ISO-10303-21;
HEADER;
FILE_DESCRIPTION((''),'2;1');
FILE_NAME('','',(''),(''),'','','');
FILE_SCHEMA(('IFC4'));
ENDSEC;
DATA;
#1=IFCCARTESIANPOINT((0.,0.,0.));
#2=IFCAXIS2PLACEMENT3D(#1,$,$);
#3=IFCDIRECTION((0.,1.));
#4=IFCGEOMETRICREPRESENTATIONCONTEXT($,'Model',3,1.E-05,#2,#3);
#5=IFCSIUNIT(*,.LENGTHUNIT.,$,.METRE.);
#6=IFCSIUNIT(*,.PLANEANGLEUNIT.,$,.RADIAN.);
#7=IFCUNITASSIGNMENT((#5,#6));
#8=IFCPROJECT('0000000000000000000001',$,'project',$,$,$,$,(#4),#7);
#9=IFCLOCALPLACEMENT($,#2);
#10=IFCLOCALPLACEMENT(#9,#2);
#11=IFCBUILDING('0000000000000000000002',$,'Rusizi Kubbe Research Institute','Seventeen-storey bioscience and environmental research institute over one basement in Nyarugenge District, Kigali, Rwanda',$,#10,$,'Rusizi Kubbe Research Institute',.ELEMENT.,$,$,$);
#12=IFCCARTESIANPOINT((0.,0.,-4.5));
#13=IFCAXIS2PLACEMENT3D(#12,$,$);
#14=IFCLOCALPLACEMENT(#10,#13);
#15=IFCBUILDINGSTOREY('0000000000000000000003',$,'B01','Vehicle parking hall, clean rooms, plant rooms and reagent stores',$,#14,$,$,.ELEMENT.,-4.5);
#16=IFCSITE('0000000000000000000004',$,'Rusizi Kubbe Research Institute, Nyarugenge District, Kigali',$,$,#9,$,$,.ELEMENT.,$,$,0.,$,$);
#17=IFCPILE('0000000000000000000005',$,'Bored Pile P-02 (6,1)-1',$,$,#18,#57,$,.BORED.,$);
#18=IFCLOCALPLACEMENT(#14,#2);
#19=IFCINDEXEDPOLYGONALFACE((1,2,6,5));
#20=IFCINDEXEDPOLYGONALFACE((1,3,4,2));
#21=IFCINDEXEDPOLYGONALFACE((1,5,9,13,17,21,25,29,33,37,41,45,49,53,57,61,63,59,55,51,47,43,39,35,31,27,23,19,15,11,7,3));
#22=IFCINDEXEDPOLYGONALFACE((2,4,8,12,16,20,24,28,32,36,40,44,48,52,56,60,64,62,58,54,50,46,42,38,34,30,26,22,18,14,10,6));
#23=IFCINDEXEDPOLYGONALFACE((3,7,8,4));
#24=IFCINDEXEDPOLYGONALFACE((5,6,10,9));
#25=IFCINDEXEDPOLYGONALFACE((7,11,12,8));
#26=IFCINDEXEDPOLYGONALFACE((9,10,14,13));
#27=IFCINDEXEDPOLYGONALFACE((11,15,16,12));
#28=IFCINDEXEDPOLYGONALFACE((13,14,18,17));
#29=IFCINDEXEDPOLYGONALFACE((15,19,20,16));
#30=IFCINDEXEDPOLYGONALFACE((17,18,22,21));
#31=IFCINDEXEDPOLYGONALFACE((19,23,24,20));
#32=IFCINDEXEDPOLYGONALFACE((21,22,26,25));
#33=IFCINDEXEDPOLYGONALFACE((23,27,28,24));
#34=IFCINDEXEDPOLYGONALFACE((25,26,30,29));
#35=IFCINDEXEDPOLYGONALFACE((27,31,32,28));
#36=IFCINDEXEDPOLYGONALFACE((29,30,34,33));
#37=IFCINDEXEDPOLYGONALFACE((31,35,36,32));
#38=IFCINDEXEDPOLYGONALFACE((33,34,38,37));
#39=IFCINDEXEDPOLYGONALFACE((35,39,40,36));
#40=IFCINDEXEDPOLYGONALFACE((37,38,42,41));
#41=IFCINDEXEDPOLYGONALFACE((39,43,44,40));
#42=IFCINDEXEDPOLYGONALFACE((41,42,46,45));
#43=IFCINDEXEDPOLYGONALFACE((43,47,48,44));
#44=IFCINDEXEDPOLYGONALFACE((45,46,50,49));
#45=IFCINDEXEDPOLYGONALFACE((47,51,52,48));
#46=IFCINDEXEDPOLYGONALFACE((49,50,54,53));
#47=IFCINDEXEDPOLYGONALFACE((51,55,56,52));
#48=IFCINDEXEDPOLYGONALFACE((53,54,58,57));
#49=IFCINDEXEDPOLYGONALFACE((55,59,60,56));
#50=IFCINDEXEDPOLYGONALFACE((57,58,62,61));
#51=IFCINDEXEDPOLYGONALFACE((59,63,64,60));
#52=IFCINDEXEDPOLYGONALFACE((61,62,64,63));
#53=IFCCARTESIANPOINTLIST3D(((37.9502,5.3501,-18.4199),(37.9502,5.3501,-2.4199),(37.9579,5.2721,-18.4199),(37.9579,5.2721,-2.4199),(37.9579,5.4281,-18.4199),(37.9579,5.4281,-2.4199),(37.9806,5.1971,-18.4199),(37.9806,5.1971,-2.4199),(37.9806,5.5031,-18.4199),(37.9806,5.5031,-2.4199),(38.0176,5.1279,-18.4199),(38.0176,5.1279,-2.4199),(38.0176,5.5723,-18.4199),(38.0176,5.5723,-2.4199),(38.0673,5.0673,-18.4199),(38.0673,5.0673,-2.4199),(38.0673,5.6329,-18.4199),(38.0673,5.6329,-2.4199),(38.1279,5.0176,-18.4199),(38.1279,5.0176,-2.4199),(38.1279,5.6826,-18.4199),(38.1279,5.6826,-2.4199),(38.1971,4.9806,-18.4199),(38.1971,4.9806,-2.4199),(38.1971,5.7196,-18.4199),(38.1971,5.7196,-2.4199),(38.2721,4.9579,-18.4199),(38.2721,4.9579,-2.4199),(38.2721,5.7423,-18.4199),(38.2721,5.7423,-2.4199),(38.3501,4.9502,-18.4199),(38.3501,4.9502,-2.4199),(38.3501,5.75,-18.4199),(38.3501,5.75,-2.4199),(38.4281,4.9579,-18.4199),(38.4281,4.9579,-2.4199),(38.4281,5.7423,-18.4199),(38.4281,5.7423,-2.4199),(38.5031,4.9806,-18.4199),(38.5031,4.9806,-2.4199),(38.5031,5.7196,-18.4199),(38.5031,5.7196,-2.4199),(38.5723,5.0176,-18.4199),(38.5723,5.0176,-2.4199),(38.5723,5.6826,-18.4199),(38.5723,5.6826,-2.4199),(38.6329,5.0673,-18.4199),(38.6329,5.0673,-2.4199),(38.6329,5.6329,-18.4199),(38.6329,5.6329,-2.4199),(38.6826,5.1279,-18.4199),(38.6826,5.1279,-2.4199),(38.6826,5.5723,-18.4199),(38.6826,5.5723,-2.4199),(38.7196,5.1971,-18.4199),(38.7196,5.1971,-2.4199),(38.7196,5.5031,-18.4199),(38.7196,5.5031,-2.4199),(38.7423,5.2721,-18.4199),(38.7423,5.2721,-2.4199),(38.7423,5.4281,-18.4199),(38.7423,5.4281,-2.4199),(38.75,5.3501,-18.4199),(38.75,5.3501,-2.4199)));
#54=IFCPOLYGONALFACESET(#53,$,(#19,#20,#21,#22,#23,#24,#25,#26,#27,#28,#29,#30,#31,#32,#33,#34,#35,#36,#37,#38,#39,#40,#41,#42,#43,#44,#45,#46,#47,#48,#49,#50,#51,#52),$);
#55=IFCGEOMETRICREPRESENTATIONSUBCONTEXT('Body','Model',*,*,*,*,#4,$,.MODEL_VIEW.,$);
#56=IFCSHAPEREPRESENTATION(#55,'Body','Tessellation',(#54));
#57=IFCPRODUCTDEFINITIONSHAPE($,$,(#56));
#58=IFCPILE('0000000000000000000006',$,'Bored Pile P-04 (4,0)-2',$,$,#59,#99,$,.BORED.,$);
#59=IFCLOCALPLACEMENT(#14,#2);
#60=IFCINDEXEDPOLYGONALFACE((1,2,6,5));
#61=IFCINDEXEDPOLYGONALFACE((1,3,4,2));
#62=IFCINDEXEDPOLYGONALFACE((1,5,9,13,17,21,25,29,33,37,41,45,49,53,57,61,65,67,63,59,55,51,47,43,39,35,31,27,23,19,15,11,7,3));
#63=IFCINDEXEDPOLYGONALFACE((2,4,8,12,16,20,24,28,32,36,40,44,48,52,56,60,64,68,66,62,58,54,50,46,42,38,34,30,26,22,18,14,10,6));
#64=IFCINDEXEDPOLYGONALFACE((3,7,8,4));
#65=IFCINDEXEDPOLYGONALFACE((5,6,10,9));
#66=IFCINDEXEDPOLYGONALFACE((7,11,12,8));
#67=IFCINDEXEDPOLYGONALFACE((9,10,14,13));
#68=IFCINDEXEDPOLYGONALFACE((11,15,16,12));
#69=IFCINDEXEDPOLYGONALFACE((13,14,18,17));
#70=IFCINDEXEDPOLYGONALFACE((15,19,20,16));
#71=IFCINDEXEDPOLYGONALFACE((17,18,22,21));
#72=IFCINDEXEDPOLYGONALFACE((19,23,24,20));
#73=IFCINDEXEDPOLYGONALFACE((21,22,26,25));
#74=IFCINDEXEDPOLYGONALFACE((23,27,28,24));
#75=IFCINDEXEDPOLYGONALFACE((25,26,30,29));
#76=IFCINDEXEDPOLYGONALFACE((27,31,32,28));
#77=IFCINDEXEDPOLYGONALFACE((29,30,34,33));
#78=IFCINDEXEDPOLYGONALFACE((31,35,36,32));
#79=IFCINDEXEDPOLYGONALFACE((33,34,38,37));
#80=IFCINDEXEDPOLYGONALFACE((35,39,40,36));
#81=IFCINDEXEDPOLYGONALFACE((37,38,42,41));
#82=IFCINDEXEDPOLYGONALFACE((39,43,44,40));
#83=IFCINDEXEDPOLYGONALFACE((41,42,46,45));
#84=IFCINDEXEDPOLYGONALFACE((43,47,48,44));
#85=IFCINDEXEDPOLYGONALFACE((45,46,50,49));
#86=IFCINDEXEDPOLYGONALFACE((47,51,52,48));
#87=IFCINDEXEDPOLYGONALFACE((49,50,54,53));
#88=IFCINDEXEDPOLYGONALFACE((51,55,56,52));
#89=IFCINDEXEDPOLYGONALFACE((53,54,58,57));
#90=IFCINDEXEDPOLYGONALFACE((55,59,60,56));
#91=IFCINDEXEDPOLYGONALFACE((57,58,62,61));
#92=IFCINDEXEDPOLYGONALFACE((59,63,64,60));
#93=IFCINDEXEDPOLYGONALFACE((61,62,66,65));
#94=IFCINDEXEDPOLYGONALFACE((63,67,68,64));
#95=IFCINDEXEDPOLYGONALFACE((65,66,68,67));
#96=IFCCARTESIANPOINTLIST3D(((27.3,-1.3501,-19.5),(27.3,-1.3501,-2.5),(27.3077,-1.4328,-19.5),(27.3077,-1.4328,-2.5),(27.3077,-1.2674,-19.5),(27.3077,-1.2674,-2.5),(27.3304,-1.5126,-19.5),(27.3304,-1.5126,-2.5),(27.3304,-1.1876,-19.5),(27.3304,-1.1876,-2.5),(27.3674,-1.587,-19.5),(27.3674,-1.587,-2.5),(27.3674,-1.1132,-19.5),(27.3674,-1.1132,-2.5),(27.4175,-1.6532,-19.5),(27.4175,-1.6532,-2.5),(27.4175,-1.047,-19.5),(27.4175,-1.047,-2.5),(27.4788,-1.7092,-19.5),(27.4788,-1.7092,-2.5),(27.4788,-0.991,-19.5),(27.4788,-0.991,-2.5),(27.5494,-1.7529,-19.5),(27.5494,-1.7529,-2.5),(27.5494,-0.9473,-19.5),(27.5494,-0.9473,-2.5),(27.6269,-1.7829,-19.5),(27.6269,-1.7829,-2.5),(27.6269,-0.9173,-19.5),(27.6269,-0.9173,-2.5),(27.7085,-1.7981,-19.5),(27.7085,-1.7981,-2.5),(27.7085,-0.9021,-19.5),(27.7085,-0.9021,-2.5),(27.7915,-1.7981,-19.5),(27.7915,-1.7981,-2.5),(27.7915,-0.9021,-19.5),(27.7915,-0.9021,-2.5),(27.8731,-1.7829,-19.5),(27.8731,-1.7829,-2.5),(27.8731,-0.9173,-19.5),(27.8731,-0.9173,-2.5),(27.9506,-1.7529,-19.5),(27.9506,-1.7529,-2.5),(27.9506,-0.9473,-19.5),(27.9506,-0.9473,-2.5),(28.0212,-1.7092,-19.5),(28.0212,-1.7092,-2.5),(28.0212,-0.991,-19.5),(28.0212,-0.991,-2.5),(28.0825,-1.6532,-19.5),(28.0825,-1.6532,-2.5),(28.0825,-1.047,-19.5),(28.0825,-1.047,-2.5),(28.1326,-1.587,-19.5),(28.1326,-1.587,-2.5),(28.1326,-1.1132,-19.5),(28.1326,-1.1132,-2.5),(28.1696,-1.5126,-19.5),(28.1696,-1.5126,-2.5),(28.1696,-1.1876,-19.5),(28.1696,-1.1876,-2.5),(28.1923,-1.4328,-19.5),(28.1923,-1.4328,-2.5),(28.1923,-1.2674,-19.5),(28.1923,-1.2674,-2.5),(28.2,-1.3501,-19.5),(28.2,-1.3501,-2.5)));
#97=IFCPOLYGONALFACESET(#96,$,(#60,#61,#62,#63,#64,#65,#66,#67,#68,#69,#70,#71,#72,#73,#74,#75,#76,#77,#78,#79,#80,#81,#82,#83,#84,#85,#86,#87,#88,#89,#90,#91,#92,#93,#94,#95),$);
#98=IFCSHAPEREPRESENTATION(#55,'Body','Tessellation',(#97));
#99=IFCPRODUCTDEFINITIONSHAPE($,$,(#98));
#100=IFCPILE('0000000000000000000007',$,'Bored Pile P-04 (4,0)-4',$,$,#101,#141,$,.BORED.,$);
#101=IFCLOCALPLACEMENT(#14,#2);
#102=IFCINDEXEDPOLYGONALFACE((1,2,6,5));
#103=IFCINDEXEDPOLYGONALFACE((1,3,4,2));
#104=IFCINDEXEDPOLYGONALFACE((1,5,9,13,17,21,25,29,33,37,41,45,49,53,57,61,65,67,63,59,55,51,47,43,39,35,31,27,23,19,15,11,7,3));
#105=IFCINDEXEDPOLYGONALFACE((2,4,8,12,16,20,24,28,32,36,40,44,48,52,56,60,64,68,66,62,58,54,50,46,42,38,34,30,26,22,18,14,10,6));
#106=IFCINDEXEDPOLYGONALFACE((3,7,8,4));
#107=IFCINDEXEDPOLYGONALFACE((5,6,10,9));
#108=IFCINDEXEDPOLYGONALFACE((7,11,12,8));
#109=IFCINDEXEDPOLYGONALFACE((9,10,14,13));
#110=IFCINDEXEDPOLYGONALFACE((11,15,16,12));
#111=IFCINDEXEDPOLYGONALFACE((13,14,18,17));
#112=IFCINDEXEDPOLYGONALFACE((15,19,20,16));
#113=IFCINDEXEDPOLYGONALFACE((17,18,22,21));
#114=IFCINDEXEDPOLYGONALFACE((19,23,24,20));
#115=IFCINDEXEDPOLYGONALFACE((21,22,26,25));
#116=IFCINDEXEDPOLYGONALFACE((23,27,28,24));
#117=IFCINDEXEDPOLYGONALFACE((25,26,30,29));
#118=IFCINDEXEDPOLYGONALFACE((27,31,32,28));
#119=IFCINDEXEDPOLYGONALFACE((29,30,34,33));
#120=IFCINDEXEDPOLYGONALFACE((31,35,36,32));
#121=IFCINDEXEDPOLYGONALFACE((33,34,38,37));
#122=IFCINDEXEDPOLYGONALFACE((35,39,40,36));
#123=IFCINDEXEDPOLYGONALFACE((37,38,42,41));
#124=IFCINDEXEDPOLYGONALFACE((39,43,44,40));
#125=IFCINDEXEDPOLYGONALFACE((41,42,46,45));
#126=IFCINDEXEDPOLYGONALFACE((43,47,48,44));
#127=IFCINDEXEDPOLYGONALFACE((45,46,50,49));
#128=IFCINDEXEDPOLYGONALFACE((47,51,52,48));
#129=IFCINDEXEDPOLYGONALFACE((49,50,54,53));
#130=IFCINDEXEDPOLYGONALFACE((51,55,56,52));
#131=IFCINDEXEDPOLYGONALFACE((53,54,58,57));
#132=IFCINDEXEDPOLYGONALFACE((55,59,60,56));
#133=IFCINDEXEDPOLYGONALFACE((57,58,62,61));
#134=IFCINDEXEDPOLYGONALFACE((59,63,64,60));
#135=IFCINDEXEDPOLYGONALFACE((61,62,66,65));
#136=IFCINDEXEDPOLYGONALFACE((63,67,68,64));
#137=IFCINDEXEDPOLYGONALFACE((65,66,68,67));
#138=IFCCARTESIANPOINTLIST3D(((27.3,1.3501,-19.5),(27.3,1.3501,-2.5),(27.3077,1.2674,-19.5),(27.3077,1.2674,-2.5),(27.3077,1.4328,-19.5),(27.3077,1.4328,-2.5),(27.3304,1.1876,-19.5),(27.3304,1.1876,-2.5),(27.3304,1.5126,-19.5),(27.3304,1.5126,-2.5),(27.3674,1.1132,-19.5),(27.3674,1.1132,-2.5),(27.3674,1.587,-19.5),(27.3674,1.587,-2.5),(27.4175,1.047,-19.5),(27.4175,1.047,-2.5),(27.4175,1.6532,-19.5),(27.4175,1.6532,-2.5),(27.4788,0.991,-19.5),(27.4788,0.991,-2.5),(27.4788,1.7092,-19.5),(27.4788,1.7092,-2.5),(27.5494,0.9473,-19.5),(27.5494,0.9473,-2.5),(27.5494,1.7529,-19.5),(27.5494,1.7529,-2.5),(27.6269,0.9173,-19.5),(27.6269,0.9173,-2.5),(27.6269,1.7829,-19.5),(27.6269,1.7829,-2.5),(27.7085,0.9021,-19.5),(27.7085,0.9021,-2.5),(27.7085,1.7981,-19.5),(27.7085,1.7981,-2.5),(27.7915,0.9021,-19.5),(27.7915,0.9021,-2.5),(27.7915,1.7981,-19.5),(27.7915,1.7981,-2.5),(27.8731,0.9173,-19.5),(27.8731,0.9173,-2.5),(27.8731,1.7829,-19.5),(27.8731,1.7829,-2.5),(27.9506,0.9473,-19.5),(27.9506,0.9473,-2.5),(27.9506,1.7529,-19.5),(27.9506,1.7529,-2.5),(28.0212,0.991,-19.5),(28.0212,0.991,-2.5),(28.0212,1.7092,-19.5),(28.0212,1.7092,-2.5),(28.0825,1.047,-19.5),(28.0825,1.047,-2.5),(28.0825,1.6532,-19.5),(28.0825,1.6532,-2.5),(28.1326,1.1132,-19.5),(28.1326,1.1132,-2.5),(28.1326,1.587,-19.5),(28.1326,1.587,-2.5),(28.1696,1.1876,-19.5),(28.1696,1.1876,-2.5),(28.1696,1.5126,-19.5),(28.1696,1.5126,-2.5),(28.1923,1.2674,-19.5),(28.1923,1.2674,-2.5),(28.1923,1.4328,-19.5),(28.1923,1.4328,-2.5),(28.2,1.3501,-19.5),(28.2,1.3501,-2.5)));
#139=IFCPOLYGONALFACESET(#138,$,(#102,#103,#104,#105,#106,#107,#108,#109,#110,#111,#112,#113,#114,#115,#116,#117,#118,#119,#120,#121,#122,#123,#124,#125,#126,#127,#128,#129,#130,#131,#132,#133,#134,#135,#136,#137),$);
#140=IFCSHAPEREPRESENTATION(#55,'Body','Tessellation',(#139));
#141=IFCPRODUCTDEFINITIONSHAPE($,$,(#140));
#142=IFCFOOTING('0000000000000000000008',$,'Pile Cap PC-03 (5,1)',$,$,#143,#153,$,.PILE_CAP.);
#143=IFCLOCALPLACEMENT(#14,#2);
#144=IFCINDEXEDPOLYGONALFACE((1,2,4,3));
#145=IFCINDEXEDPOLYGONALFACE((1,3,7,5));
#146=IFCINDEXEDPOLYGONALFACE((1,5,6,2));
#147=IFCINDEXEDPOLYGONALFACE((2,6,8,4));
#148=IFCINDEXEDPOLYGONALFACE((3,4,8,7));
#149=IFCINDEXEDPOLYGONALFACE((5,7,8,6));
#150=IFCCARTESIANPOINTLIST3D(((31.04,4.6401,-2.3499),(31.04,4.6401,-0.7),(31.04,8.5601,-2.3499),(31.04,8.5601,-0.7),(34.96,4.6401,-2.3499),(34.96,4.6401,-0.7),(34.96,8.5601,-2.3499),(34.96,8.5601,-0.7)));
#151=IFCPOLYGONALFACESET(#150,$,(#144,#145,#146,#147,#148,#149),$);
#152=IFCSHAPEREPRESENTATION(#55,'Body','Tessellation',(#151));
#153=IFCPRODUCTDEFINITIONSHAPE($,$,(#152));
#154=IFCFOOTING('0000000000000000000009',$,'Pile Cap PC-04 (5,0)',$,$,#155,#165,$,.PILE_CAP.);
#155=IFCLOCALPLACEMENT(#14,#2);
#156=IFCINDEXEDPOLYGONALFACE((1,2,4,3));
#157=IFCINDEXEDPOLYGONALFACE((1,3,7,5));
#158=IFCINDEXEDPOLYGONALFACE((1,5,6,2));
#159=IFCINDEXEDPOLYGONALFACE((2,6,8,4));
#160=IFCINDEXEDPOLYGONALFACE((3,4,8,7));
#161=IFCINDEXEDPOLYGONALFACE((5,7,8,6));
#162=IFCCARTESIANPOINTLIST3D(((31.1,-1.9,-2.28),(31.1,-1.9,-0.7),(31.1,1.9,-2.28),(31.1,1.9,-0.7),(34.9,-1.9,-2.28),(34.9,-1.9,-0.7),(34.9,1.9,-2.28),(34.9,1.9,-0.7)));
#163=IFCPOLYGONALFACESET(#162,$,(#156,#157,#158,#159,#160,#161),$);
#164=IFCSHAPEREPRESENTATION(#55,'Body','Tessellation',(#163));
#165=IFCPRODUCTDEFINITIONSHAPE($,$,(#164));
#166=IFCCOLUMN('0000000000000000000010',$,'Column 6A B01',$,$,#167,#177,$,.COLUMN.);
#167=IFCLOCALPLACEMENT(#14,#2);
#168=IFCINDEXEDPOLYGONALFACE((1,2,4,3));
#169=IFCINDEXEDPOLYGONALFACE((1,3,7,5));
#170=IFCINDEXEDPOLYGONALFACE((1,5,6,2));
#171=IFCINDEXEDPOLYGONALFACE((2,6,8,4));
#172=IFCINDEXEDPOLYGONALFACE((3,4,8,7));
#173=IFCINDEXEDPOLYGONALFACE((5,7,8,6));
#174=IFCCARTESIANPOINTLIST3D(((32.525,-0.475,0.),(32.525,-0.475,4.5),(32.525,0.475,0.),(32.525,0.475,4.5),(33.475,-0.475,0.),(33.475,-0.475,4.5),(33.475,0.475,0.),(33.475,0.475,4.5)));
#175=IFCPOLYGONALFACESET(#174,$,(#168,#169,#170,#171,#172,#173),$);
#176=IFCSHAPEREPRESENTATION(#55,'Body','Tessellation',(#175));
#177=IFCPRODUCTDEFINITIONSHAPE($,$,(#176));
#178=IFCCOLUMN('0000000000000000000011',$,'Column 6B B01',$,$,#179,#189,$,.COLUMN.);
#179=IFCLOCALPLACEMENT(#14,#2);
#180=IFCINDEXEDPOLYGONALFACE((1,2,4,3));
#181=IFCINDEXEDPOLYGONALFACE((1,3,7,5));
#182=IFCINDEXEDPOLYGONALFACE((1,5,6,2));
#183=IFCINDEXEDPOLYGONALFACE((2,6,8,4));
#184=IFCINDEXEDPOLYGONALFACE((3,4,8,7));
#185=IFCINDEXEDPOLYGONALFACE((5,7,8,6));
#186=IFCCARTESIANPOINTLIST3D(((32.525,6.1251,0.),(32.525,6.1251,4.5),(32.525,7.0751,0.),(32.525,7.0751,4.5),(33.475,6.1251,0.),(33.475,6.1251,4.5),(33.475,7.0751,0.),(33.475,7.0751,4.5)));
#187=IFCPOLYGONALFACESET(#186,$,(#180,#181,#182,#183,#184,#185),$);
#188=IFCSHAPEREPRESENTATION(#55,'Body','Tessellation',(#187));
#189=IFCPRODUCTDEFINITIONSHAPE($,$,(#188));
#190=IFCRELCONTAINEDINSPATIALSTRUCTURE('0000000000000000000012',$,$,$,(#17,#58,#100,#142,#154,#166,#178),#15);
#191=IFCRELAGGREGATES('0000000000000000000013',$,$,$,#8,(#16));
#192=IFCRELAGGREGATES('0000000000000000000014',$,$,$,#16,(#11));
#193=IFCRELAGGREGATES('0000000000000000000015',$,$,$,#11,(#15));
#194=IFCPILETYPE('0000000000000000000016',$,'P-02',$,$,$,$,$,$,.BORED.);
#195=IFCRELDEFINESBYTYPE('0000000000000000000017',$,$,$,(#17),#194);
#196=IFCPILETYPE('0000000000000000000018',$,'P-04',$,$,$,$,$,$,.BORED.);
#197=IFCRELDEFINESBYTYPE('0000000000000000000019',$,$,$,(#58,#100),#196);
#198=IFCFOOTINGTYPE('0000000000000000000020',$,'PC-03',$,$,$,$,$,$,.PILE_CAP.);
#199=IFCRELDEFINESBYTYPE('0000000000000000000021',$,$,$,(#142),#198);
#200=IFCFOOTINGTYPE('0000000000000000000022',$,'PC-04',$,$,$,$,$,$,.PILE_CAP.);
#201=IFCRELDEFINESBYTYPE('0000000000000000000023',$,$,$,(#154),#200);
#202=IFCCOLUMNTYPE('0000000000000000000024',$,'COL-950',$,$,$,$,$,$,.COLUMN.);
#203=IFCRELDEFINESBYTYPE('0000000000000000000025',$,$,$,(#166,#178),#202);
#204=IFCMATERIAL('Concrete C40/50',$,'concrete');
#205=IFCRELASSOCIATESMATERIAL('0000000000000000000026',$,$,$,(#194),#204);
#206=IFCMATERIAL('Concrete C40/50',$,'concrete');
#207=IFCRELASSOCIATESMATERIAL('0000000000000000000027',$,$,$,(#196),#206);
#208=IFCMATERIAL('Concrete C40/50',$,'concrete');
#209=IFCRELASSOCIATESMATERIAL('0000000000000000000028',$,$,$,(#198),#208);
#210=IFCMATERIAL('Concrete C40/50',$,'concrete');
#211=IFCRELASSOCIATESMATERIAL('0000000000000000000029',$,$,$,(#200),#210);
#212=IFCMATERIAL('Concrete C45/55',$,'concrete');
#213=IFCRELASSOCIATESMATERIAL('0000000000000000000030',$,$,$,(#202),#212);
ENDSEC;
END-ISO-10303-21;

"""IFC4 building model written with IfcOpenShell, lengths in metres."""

from ifc_helpers import new_model, si_unit, direction, frame, origin, origin_2d, place, context, subcontext, project, spatial, rectangle, circle, extrude, material, material_profile, profile_set, type_object, element, save


model = new_model("IFC4")

# Units and contexts
model_context = context("Model", 3, precision=1e-05, world=origin(), true_north=direction((0.0, 1.0)))
body_context = subcontext(model_context, "Body", "Model", "MODEL_VIEW")
ifc_project = project(units=[si_unit("LENGTHUNIT", "METRE"), si_unit("PLANEANGLEUNIT", "RADIAN")], contexts=[model_context])

# Site, building, storey
site_placement = place(None, origin())
site = spatial("IfcSite", under=ifc_project, at=site_placement, Name="Rusizi Kubbe Research Institute, Nyarugenge District, Kigali", CompositionType="ELEMENT", RefElevation=0.0)
building_placement = place(site_placement, origin())
building = spatial("IfcBuilding", under=site, at=building_placement, Name="Rusizi Kubbe Research Institute", Description="Seventeen-storey bioscience and environmental research institute over one basement in Nyarugenge District, Kigali, Rwanda", LongName="Rusizi Kubbe Research Institute", CompositionType="ELEMENT")
storey_placement = place(building_placement, frame((0.0, 0.0, -4.5)))
storey = spatial("IfcBuildingStorey", under=building, at=storey_placement, Name="B01", Description="Vehicle parking hall, clean rooms, plant rooms and reagent stores", CompositionType="ELEMENT", Elevation=-4.5)

# Piles
ifc_material_1 = material(Name="Concrete C40/50", Category="concrete")
ifc_material_profile_1 = material_profile(ifc_material_1, circle(Radius=0.3999, at=origin_2d()), Name="PILE-D800")
ifc_profile_set_1 = profile_set([ifc_material_profile_1], Name="Concrete C40/50")
pile_type_1 = type_object("IfcPileType", Name="P-02", PredefinedType="BORED", material=ifc_profile_set_1)
pile_placement = place(storey_placement, frame((38.3501, 5.3501, -2.4199), z_axis=(0.0, 0.0, -1.0), x_axis=(1.0, 0.0, 0.0)))
element("IfcPile", 1, at=pile_placement, inside=storey, type_object=pile_type_1, Name="Bored Pile P-02 (6,1)-1", PredefinedType="BORED", context=body_context, shape_type="SweptSolid", body=[
    extrude(circle(Radius=0.3999, at=origin_2d()), origin(), (0.0, 0.0, 1.0), 16.0),
])
ifc_material_2 = material(Name="Concrete C40/50", Category="concrete")
ifc_material_profile_2 = material_profile(ifc_material_2, circle(Radius=0.45, at=origin_2d()), Name="PILE-D900")
ifc_profile_set_2 = profile_set([ifc_material_profile_2], Name="Concrete C40/50")
pile_type_2 = type_object("IfcPileType", Name="P-04", PredefinedType="BORED", material=ifc_profile_set_2)
for number, where, z_axis, x_axis, name in (
    (2, (27.75, -1.3501, -2.5), (0.0, 0.0, -1.0), (1.0, 0.0, 0.0), "Bored Pile P-04 (4,0)-2"),
    (3, (27.75, 1.3501, -2.5), (0.0, 0.0, -1.0), (1.0, 0.0, 0.0), "Bored Pile P-04 (4,0)-4"),
):
    element("IfcPile", number, at=place(storey_placement, frame(where, z_axis=z_axis, x_axis=x_axis)), inside=storey, type_object=pile_type_2, Name=name, PredefinedType="BORED", context=body_context, shape_type="SweptSolid", body=[
        extrude(circle(Radius=0.45, at=origin_2d()), origin(), (0.0, 0.0, 1.0), 17.0),
    ])

# Footings
ifc_material_3 = material(Name="Concrete C40/50", Category="concrete")
footing_type_1 = type_object("IfcFootingType", Name="PC-03", PredefinedType="PILE_CAP", material=ifc_material_3)
footing_1_placement = place(storey_placement, frame((33.0, 6.6001, -2.3499), z_axis=(0.0, 0.0, 1.0), x_axis=(1.0, 0.0, 0.0)))
element("IfcFooting", 4, at=footing_1_placement, inside=storey, type_object=footing_type_1, Name="Pile Cap PC-03 (5,1)", PredefinedType="PILE_CAP", context=body_context, shape_type="SweptSolid", body=[
    extrude(rectangle(XDim=3.9199, YDim=3.9199, at=origin_2d()), origin(), (0.0, 0.0, 1.0), 1.6499),
])
ifc_material_4 = material(Name="Concrete C40/50", Category="concrete")
footing_type_2 = type_object("IfcFootingType", Name="PC-04", PredefinedType="PILE_CAP", material=ifc_material_4)
footing_2_placement = place(storey_placement, frame((33.0, 0.0, -2.28), z_axis=(0.0, 0.0, 1.0), x_axis=(1.0, 0.0, 0.0)))
element("IfcFooting", 5, at=footing_2_placement, inside=storey, type_object=footing_type_2, Name="Pile Cap PC-04 (5,0)", PredefinedType="PILE_CAP", context=body_context, shape_type="SweptSolid", body=[
    extrude(rectangle(XDim=3.8, YDim=3.8, at=origin_2d()), origin(), (0.0, 0.0, 1.0), 1.5801),
])

# Columns
ifc_material_5 = material(Name="Concrete C45/55", Category="concrete")
ifc_material_profile_3 = material_profile(ifc_material_5, rectangle(XDim=0.95, YDim=0.95, at=origin_2d()), Name="RC950x950")
ifc_profile_set_3 = profile_set([ifc_material_profile_3], Name="Concrete C45/55")
column_type = type_object("IfcColumnType", Name="COL-950", PredefinedType="COLUMN", material=ifc_profile_set_3)
for number, where, z_axis, x_axis, name in (
    (6, (33.0, 0.0, 0.0), (0.0, 0.0, 1.0), (1.0, 0.0, 0.0), "Column 6A B01"),
    (7, (33.0, 6.6001, 0.0), (0.0, 0.0, 1.0), (1.0, 0.0, 0.0), "Column 6B B01"),
):
    element("IfcColumn", number, at=place(storey_placement, frame(where, z_axis=z_axis, x_axis=x_axis)), inside=storey, type_object=column_type, Name=name, PredefinedType="COLUMN", context=body_context, shape_type="SweptSolid", body=[
        extrude(rectangle(XDim=0.95, YDim=0.95, at=origin_2d()), origin(), (0.0, 0.0, 1.0), 4.5),
    ])

save(model, "model.ifc")
